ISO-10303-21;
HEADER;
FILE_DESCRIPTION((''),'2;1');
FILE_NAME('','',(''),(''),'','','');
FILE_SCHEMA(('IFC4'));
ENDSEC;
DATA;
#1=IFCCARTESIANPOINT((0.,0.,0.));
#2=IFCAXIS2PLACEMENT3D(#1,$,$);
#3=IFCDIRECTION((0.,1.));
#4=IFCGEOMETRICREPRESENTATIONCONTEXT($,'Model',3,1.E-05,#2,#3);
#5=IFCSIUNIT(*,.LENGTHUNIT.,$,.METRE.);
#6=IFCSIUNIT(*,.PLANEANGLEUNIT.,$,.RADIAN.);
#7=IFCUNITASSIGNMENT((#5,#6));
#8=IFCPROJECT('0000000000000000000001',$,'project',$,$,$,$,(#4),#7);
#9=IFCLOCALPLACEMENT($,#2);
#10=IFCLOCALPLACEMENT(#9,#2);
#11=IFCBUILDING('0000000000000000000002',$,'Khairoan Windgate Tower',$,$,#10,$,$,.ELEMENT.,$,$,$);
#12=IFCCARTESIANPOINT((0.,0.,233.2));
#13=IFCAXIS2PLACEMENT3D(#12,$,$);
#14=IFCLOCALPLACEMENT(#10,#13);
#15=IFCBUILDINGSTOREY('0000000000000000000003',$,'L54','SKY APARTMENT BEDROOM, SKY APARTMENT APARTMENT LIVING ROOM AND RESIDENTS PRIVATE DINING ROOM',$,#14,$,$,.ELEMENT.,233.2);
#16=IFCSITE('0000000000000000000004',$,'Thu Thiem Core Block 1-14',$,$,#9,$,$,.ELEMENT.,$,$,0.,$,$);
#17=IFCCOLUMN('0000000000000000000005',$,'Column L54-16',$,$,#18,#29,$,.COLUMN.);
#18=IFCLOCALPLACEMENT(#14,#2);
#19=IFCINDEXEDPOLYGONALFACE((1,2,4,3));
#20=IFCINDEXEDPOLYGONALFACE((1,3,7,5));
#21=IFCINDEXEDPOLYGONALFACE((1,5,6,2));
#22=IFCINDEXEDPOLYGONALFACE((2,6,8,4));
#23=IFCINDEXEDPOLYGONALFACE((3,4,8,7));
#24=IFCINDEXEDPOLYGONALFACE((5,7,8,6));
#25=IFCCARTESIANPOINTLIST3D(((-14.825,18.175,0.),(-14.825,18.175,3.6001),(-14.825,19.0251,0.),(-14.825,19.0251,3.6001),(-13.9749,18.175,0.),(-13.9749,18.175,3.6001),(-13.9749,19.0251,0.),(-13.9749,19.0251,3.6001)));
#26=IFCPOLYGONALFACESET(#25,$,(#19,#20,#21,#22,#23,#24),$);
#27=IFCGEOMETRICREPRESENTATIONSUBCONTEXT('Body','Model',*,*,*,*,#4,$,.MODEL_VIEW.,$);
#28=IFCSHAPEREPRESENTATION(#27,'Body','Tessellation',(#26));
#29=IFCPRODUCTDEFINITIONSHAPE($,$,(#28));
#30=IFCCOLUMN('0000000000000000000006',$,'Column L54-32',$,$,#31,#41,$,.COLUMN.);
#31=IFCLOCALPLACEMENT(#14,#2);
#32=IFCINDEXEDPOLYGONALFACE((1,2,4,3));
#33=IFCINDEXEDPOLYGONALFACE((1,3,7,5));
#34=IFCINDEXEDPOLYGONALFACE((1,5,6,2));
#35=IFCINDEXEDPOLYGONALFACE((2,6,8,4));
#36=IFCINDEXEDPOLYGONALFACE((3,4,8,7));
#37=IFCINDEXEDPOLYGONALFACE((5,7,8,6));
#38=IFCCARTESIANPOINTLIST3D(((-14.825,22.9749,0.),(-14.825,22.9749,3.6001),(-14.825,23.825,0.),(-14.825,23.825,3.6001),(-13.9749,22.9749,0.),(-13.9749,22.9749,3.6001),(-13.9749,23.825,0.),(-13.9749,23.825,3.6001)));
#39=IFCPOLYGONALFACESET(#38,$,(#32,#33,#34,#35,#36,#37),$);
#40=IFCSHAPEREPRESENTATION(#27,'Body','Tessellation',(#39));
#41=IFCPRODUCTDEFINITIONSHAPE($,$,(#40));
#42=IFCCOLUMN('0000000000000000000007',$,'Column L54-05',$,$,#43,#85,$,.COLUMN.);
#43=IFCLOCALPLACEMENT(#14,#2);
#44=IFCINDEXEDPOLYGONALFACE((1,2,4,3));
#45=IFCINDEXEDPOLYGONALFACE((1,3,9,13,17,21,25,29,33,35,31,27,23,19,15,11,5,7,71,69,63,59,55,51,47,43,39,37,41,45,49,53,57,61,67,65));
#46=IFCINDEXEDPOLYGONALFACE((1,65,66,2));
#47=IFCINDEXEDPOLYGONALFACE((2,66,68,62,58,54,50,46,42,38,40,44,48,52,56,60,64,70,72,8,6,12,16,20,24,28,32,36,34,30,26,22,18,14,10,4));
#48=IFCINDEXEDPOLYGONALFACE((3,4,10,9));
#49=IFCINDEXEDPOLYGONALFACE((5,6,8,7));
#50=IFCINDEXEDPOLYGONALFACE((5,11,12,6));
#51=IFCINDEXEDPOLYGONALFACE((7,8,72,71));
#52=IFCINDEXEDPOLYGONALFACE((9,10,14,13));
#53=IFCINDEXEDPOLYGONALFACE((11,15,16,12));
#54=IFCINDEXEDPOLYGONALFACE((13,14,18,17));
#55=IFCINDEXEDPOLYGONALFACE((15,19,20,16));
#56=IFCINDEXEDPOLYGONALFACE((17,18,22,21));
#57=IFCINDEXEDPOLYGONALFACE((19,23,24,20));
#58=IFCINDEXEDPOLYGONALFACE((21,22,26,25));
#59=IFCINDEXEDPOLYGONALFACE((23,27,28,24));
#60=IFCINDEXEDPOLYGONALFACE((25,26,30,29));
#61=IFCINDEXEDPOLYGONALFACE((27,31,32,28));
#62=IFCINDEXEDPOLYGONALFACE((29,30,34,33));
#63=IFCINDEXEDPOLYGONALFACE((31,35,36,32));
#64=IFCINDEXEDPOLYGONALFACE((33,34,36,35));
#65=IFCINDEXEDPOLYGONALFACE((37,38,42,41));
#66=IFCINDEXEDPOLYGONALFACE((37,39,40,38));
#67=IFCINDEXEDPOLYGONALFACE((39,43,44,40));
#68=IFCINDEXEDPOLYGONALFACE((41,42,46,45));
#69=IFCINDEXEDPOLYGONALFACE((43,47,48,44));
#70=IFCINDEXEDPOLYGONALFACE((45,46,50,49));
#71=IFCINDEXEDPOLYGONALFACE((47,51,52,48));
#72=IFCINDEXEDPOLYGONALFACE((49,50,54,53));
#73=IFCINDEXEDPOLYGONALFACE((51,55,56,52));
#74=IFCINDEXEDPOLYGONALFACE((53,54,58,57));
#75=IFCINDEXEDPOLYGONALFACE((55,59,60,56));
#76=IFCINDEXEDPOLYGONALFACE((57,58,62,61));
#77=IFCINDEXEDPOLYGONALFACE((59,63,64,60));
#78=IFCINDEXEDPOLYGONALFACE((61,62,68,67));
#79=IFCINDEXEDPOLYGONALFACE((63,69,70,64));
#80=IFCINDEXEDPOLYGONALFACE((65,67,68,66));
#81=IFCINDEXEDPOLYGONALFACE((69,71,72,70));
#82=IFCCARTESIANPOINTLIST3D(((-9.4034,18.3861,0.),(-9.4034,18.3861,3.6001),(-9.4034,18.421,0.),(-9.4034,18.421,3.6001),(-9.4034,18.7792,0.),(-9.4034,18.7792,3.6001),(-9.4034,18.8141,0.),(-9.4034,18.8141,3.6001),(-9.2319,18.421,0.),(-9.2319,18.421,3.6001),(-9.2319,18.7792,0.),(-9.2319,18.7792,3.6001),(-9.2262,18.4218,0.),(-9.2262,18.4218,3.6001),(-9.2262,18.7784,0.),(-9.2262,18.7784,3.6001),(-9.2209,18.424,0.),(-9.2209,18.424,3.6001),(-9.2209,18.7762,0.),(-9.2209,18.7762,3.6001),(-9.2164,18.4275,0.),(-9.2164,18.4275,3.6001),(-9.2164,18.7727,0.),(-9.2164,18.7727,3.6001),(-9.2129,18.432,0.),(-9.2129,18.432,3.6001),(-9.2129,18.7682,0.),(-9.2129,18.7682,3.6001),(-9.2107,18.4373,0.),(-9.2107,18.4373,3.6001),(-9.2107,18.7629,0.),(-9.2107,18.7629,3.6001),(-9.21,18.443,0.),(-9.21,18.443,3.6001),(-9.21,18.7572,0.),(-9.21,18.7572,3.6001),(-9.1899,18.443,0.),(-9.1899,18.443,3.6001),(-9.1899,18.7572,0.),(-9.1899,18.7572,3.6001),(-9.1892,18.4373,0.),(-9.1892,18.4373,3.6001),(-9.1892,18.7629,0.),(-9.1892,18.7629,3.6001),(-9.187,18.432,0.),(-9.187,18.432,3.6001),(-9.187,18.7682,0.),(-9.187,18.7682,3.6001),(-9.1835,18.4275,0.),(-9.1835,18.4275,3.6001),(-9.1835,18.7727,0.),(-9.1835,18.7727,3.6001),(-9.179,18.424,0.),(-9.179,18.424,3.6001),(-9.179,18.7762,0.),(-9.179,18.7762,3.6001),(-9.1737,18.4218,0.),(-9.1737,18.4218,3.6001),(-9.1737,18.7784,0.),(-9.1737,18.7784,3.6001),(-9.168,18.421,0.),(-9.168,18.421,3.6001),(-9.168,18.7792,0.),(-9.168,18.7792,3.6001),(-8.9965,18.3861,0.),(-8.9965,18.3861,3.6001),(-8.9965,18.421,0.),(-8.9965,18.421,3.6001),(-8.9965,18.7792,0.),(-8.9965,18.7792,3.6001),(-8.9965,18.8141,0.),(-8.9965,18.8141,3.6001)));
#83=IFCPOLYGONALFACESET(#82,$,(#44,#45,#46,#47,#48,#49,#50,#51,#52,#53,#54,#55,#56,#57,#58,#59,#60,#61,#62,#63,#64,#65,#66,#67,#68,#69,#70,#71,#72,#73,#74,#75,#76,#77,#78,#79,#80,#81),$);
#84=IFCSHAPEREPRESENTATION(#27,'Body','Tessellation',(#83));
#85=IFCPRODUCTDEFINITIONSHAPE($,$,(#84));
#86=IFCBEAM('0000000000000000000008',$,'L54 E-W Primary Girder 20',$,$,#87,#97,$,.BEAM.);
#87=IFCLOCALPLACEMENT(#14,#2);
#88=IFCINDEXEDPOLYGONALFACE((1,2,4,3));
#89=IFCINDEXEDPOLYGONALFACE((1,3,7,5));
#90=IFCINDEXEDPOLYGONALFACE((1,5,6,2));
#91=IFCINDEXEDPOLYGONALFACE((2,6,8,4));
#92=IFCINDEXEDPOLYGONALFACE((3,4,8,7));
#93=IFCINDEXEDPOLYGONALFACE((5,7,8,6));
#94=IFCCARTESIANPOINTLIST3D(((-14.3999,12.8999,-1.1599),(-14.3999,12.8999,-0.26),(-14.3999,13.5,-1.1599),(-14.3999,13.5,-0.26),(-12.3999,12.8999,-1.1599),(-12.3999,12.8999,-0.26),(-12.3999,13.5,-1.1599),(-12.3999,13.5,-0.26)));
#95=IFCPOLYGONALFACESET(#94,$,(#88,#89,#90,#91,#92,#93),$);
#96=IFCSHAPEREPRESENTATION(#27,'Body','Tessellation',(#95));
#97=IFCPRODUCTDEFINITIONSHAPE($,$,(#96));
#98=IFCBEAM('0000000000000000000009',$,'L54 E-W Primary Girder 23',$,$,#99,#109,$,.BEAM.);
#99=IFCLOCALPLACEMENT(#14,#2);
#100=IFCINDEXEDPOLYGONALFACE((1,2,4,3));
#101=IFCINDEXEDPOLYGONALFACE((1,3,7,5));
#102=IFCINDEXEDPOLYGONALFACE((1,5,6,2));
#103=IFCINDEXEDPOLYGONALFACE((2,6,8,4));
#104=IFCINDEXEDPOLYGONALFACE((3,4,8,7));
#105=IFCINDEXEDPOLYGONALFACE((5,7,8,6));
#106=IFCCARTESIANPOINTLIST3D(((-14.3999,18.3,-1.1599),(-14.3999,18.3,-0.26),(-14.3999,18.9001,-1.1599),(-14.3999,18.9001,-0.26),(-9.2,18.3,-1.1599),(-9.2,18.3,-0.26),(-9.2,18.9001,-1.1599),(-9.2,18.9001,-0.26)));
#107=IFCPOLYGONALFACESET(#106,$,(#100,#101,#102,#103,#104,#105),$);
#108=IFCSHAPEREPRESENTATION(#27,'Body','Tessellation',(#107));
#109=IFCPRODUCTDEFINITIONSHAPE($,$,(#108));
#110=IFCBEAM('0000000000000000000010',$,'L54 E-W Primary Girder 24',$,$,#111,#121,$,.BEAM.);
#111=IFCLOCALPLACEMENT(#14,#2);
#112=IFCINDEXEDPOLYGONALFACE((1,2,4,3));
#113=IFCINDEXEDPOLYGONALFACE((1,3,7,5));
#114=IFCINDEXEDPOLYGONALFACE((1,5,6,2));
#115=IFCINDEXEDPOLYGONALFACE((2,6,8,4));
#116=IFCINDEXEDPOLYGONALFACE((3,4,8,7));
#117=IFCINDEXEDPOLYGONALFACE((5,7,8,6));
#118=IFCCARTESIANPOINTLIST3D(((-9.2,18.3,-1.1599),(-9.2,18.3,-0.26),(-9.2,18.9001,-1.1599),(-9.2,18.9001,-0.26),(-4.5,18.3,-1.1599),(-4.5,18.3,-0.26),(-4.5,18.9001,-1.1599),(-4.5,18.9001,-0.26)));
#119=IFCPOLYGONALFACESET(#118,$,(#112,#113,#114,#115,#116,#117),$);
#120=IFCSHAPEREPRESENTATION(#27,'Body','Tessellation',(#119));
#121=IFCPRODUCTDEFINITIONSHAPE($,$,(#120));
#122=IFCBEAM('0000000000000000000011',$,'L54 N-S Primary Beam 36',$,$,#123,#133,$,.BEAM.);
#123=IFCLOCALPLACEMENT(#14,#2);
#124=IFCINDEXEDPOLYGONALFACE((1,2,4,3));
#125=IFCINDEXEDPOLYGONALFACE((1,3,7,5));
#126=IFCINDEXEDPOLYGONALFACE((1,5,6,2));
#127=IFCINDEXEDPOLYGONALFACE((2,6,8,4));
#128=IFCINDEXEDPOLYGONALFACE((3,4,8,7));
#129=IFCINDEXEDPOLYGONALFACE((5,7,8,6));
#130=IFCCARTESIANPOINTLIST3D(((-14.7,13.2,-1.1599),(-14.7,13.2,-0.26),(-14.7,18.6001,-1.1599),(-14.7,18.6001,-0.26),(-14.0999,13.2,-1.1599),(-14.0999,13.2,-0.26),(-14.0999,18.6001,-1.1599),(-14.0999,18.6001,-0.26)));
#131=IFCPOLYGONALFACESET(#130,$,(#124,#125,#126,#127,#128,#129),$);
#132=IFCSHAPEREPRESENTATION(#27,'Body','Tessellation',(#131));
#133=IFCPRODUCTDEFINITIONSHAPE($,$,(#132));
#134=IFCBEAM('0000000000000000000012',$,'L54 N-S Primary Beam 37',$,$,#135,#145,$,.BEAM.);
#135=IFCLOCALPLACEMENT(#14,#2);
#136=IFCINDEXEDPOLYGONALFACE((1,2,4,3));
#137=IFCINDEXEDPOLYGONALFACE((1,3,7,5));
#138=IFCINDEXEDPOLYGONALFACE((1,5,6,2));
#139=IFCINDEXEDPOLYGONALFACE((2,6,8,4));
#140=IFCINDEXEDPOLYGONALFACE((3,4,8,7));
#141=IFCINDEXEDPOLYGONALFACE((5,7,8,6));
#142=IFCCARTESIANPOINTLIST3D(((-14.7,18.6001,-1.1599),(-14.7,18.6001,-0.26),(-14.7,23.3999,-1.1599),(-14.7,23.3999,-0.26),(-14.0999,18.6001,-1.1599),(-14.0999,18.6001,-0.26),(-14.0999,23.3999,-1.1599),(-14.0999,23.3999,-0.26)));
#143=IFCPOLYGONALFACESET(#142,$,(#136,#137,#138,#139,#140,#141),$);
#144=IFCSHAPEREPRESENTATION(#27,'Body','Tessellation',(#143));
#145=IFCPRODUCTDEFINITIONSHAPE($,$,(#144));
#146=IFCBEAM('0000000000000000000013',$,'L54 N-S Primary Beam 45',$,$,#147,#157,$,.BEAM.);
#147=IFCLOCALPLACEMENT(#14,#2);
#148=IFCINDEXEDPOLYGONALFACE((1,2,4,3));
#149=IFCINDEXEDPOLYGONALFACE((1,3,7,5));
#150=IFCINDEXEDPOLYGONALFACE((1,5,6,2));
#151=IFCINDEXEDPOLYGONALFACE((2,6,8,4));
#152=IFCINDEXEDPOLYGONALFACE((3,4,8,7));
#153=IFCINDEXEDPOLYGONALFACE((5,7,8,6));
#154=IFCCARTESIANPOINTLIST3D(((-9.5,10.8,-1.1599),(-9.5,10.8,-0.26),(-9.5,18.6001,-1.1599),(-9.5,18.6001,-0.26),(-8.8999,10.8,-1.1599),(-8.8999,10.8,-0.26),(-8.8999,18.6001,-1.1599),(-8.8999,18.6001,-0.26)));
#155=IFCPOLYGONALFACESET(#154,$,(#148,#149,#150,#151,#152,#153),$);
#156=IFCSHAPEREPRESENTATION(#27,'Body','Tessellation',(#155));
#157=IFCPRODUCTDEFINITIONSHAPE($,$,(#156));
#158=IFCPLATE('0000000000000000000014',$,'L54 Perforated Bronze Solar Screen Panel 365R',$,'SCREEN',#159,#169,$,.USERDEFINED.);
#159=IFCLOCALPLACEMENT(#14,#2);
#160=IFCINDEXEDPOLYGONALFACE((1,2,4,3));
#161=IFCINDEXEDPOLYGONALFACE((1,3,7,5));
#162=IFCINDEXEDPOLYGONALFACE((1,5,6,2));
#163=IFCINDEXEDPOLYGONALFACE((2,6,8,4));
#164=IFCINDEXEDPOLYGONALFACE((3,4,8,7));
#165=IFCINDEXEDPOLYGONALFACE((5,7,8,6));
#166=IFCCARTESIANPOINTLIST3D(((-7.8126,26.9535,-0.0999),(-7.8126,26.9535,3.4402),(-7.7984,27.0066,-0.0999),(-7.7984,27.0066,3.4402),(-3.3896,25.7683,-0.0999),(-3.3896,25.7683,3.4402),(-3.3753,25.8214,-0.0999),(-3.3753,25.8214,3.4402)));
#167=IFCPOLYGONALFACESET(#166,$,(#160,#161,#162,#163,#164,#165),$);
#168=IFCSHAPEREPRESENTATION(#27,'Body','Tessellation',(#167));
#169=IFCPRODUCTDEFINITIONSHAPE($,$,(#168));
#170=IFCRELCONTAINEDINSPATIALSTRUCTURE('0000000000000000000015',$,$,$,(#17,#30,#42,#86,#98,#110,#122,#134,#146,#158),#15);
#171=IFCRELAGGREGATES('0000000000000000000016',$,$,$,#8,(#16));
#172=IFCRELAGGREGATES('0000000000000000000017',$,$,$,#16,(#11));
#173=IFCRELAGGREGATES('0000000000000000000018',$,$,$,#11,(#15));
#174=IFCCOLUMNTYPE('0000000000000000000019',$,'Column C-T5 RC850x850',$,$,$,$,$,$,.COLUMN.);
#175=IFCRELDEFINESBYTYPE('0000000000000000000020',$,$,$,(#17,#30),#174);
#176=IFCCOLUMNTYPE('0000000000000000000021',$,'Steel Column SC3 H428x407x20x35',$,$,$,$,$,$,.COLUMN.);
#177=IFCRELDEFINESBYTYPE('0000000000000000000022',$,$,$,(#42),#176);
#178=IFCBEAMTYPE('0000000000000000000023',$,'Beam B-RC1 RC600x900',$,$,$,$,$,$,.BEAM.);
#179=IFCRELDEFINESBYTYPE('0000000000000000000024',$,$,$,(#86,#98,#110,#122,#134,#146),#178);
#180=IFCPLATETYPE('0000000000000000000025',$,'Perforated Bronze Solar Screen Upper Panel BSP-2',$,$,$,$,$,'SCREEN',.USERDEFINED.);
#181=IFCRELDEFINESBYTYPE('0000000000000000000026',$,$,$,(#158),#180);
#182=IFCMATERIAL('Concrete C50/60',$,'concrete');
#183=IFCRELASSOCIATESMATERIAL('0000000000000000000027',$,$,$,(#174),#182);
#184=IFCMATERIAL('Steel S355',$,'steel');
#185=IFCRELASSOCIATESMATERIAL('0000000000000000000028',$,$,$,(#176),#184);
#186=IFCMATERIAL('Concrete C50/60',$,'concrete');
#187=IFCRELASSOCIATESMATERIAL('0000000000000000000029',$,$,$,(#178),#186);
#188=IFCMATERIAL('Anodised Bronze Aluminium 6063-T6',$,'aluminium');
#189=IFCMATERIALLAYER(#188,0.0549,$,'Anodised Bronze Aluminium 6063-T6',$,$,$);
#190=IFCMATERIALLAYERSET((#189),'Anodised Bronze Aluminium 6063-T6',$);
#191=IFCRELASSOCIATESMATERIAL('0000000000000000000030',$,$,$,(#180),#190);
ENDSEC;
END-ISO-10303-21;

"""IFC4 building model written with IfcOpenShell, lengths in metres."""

from ifc_helpers import new_model, si_unit, direction, frame, origin, origin_2d, place, context, subcontext, project, spatial, rectangle, i_section, extrude, material, layer, layer_set, material_profile, profile_set, type_object, element, save


model = new_model("IFC4")

# Units and contexts
model_context = context("Model", 3, precision=1e-05, world=origin(), true_north=direction((0.0, 1.0)))
body_context = subcontext(model_context, "Body", "Model", "MODEL_VIEW")
ifc_project = project(units=[si_unit("LENGTHUNIT", "METRE"), si_unit("PLANEANGLEUNIT", "RADIAN")], contexts=[model_context])

# Site, building, storey
site_placement = place(None, origin())
site = spatial("IfcSite", under=ifc_project, at=site_placement, Name="Thu Thiem Core Block 1-14", CompositionType="ELEMENT", RefElevation=0.0)
building_placement = place(site_placement, origin())
building = spatial("IfcBuilding", under=site, at=building_placement, Name="Khairoan Windgate Tower", CompositionType="ELEMENT")
storey_placement = place(building_placement, frame((0.0, 0.0, 233.2)))
storey = spatial("IfcBuildingStorey", under=building, at=storey_placement, Name="L54", Description="SKY APARTMENT BEDROOM, SKY APARTMENT APARTMENT LIVING ROOM AND RESIDENTS PRIVATE DINING ROOM", CompositionType="ELEMENT", Elevation=233.2)

# Columns
ifc_material_1 = material(Name="Concrete C50/60", Category="concrete")
ifc_material_profile_1 = material_profile(ifc_material_1, rectangle(XDim=0.8501, YDim=0.8501, at=origin_2d()))
ifc_profile_set_1 = profile_set([ifc_material_profile_1], Name="Concrete C50/60")
column_type_1 = type_object("IfcColumnType", Name="Column C-T5 RC850x850", PredefinedType="COLUMN", material=ifc_profile_set_1)
for number, where, z_axis, x_axis, name in (
    (1, (-14.3999, 18.6001, 0.0), (0.0, 0.0, 1.0), (1.0, 0.0, 0.0), "Column L54-16"),
    (2, (-14.3999, 23.3999, 0.0), (0.0, 0.0, 1.0), (1.0, 0.0, 0.0), "Column L54-32"),
):
    element("IfcColumn", number, at=place(storey_placement, frame(where, z_axis=z_axis, x_axis=x_axis)), inside=storey, type_object=column_type_1, Name=name, PredefinedType="COLUMN", context=body_context, shape_type="SweptSolid", body=[
        extrude(rectangle(XDim=0.8501, YDim=0.8501, at=origin_2d()), origin(), (0.0, 0.0, 1.0), 3.6001),
    ])
ifc_material_2 = material(Name="Steel S355", Category="steel")
ifc_material_profile_2 = material_profile(ifc_material_2, i_section(OverallWidth=0.407, OverallDepth=0.428, WebThickness=0.02, FlangeThickness=0.0349, FilletRadius=0.022, at=origin_2d()))
ifc_profile_set_2 = profile_set([ifc_material_profile_2], Name="Steel S355")
column_type_2 = type_object("IfcColumnType", Name="Steel Column SC3 H428x407x20x35", PredefinedType="COLUMN", material=ifc_profile_set_2)
column_placement = place(storey_placement, frame((-9.2, 18.6001, 0.0), z_axis=(0.0, 0.0, 1.0), x_axis=(1.0, 0.0, 0.0)))
element("IfcColumn", 3, at=column_placement, inside=storey, type_object=column_type_2, Name="Column L54-05", PredefinedType="COLUMN", context=body_context, shape_type="SweptSolid", body=[
    extrude(i_section(OverallWidth=0.407, OverallDepth=0.428, WebThickness=0.02, FlangeThickness=0.0349, FilletRadius=0.022, at=origin_2d()), origin(), (0.0, 0.0, 1.0), 3.6001),
])

# Beams
ifc_material_3 = material(Name="Concrete C50/60", Category="concrete")
ifc_material_profile_3 = material_profile(ifc_material_3, rectangle(XDim=0.6001, YDim=0.8999, at=origin_2d()))
ifc_profile_set_3 = profile_set([ifc_material_profile_3], Name="Concrete C50/60")
beam_type = type_object("IfcBeamType", Name="Beam B-RC1 RC600x900", PredefinedType="BEAM", material=ifc_profile_set_3)
beam_1_placement = place(storey_placement, frame((-14.3999, 13.2, -0.71), z_axis=(1.0, 0.0, 0.0), x_axis=(0.0, 1.0, 0.0)))
element("IfcBeam", 4, at=beam_1_placement, inside=storey, type_object=beam_type, Name="L54 E-W Primary Girder 20", PredefinedType="BEAM", context=body_context, shape_type="SweptSolid", body=[
    extrude(rectangle(XDim=0.6001, YDim=0.8999, at=origin_2d()), origin(), (0.0, 0.0, 1.0), 2.0),
])
beam_2_placement = place(storey_placement, frame((-14.3999, 18.6001, -0.71), z_axis=(1.0, 0.0, 0.0), x_axis=(0.0, 1.0, 0.0)))
element("IfcBeam", 5, at=beam_2_placement, inside=storey, type_object=beam_type, Name="L54 E-W Primary Girder 23", PredefinedType="BEAM", context=body_context, shape_type="SweptSolid", body=[
    extrude(rectangle(XDim=0.6001, YDim=0.8999, at=origin_2d()), origin(), (0.0, 0.0, 1.0), 5.2),
])
beam_3_placement = place(storey_placement, frame((-9.2, 18.6001, -0.71), z_axis=(1.0, 0.0, 0.0), x_axis=(0.0, 1.0, 0.0)))
element("IfcBeam", 6, at=beam_3_placement, inside=storey, type_object=beam_type, Name="L54 E-W Primary Girder 24", PredefinedType="BEAM", context=body_context, shape_type="SweptSolid", body=[
    extrude(rectangle(XDim=0.6001, YDim=0.8999, at=origin_2d()), origin(), (0.0, 0.0, 1.0), 4.7),
])
beam_4_placement = place(storey_placement, frame((-14.3999, 13.2, -0.71), z_axis=(0.0, 1.0, 0.0), x_axis=(-1.0, 0.0, 0.0)))
element("IfcBeam", 7, at=beam_4_placement, inside=storey, type_object=beam_type, Name="L54 N-S Primary Beam 36", PredefinedType="BEAM", context=body_context, shape_type="SweptSolid", body=[
    extrude(rectangle(XDim=0.6001, YDim=0.8999, at=origin_2d()), origin(), (0.0, 0.0, 1.0), 5.4001),
])
beam_5_placement = place(storey_placement, frame((-14.3999, 18.6001, -0.71), z_axis=(0.0, 1.0, 0.0), x_axis=(-1.0, 0.0, 0.0)))
element("IfcBeam", 8, at=beam_5_placement, inside=storey, type_object=beam_type, Name="L54 N-S Primary Beam 37", PredefinedType="BEAM", context=body_context, shape_type="SweptSolid", body=[
    extrude(rectangle(XDim=0.6001, YDim=0.8999, at=origin_2d()), origin(), (0.0, 0.0, 1.0), 4.7998),
])
beam_6_placement = place(storey_placement, frame((-9.2, 10.8, -0.71), z_axis=(0.0, 1.0, 0.0), x_axis=(-1.0, 0.0, 0.0)))
element("IfcBeam", 9, at=beam_6_placement, inside=storey, type_object=beam_type, Name="L54 N-S Primary Beam 45", PredefinedType="BEAM", context=body_context, shape_type="SweptSolid", body=[
    extrude(rectangle(XDim=0.6001, YDim=0.8999, at=origin_2d()), origin(), (0.0, 0.0, 1.0), 7.8),
])

# Plate
ifc_material_4 = material(Name="Anodised Bronze Aluminium 6063-T6", Category="aluminium")
ifc_layer_1 = layer(ifc_material_4, 0.0549, Name="Anodised Bronze Aluminium 6063-T6")
ifc_layer_set_1 = layer_set([ifc_layer_1], Name="Anodised Bronze Aluminium 6063-T6")
plate_type = type_object("IfcPlateType", Name="Perforated Bronze Solar Screen Upper Panel BSP-2", ElementType="SCREEN", PredefinedType="USERDEFINED", material=ifc_layer_set_1)
plate_placement = place(storey_placement, frame((-5.594, 26.3875, -0.0999), z_axis=(0.0, 0.0, 1.0), x_axis=(0.965926, -0.258819, 0.0)))
element("IfcPlate", 10, at=plate_placement, inside=storey, type_object=plate_type, Name="L54 Perforated Bronze Solar Screen Panel 365R", ObjectType="SCREEN", PredefinedType="USERDEFINED", context=body_context, shape_type="SweptSolid", body=[
    extrude(rectangle(XDim=4.5791, YDim=0.0549, at=origin_2d()), origin(), (0.0, 0.0, 1.0), 3.54),
])

save(model, "model.ifc")
